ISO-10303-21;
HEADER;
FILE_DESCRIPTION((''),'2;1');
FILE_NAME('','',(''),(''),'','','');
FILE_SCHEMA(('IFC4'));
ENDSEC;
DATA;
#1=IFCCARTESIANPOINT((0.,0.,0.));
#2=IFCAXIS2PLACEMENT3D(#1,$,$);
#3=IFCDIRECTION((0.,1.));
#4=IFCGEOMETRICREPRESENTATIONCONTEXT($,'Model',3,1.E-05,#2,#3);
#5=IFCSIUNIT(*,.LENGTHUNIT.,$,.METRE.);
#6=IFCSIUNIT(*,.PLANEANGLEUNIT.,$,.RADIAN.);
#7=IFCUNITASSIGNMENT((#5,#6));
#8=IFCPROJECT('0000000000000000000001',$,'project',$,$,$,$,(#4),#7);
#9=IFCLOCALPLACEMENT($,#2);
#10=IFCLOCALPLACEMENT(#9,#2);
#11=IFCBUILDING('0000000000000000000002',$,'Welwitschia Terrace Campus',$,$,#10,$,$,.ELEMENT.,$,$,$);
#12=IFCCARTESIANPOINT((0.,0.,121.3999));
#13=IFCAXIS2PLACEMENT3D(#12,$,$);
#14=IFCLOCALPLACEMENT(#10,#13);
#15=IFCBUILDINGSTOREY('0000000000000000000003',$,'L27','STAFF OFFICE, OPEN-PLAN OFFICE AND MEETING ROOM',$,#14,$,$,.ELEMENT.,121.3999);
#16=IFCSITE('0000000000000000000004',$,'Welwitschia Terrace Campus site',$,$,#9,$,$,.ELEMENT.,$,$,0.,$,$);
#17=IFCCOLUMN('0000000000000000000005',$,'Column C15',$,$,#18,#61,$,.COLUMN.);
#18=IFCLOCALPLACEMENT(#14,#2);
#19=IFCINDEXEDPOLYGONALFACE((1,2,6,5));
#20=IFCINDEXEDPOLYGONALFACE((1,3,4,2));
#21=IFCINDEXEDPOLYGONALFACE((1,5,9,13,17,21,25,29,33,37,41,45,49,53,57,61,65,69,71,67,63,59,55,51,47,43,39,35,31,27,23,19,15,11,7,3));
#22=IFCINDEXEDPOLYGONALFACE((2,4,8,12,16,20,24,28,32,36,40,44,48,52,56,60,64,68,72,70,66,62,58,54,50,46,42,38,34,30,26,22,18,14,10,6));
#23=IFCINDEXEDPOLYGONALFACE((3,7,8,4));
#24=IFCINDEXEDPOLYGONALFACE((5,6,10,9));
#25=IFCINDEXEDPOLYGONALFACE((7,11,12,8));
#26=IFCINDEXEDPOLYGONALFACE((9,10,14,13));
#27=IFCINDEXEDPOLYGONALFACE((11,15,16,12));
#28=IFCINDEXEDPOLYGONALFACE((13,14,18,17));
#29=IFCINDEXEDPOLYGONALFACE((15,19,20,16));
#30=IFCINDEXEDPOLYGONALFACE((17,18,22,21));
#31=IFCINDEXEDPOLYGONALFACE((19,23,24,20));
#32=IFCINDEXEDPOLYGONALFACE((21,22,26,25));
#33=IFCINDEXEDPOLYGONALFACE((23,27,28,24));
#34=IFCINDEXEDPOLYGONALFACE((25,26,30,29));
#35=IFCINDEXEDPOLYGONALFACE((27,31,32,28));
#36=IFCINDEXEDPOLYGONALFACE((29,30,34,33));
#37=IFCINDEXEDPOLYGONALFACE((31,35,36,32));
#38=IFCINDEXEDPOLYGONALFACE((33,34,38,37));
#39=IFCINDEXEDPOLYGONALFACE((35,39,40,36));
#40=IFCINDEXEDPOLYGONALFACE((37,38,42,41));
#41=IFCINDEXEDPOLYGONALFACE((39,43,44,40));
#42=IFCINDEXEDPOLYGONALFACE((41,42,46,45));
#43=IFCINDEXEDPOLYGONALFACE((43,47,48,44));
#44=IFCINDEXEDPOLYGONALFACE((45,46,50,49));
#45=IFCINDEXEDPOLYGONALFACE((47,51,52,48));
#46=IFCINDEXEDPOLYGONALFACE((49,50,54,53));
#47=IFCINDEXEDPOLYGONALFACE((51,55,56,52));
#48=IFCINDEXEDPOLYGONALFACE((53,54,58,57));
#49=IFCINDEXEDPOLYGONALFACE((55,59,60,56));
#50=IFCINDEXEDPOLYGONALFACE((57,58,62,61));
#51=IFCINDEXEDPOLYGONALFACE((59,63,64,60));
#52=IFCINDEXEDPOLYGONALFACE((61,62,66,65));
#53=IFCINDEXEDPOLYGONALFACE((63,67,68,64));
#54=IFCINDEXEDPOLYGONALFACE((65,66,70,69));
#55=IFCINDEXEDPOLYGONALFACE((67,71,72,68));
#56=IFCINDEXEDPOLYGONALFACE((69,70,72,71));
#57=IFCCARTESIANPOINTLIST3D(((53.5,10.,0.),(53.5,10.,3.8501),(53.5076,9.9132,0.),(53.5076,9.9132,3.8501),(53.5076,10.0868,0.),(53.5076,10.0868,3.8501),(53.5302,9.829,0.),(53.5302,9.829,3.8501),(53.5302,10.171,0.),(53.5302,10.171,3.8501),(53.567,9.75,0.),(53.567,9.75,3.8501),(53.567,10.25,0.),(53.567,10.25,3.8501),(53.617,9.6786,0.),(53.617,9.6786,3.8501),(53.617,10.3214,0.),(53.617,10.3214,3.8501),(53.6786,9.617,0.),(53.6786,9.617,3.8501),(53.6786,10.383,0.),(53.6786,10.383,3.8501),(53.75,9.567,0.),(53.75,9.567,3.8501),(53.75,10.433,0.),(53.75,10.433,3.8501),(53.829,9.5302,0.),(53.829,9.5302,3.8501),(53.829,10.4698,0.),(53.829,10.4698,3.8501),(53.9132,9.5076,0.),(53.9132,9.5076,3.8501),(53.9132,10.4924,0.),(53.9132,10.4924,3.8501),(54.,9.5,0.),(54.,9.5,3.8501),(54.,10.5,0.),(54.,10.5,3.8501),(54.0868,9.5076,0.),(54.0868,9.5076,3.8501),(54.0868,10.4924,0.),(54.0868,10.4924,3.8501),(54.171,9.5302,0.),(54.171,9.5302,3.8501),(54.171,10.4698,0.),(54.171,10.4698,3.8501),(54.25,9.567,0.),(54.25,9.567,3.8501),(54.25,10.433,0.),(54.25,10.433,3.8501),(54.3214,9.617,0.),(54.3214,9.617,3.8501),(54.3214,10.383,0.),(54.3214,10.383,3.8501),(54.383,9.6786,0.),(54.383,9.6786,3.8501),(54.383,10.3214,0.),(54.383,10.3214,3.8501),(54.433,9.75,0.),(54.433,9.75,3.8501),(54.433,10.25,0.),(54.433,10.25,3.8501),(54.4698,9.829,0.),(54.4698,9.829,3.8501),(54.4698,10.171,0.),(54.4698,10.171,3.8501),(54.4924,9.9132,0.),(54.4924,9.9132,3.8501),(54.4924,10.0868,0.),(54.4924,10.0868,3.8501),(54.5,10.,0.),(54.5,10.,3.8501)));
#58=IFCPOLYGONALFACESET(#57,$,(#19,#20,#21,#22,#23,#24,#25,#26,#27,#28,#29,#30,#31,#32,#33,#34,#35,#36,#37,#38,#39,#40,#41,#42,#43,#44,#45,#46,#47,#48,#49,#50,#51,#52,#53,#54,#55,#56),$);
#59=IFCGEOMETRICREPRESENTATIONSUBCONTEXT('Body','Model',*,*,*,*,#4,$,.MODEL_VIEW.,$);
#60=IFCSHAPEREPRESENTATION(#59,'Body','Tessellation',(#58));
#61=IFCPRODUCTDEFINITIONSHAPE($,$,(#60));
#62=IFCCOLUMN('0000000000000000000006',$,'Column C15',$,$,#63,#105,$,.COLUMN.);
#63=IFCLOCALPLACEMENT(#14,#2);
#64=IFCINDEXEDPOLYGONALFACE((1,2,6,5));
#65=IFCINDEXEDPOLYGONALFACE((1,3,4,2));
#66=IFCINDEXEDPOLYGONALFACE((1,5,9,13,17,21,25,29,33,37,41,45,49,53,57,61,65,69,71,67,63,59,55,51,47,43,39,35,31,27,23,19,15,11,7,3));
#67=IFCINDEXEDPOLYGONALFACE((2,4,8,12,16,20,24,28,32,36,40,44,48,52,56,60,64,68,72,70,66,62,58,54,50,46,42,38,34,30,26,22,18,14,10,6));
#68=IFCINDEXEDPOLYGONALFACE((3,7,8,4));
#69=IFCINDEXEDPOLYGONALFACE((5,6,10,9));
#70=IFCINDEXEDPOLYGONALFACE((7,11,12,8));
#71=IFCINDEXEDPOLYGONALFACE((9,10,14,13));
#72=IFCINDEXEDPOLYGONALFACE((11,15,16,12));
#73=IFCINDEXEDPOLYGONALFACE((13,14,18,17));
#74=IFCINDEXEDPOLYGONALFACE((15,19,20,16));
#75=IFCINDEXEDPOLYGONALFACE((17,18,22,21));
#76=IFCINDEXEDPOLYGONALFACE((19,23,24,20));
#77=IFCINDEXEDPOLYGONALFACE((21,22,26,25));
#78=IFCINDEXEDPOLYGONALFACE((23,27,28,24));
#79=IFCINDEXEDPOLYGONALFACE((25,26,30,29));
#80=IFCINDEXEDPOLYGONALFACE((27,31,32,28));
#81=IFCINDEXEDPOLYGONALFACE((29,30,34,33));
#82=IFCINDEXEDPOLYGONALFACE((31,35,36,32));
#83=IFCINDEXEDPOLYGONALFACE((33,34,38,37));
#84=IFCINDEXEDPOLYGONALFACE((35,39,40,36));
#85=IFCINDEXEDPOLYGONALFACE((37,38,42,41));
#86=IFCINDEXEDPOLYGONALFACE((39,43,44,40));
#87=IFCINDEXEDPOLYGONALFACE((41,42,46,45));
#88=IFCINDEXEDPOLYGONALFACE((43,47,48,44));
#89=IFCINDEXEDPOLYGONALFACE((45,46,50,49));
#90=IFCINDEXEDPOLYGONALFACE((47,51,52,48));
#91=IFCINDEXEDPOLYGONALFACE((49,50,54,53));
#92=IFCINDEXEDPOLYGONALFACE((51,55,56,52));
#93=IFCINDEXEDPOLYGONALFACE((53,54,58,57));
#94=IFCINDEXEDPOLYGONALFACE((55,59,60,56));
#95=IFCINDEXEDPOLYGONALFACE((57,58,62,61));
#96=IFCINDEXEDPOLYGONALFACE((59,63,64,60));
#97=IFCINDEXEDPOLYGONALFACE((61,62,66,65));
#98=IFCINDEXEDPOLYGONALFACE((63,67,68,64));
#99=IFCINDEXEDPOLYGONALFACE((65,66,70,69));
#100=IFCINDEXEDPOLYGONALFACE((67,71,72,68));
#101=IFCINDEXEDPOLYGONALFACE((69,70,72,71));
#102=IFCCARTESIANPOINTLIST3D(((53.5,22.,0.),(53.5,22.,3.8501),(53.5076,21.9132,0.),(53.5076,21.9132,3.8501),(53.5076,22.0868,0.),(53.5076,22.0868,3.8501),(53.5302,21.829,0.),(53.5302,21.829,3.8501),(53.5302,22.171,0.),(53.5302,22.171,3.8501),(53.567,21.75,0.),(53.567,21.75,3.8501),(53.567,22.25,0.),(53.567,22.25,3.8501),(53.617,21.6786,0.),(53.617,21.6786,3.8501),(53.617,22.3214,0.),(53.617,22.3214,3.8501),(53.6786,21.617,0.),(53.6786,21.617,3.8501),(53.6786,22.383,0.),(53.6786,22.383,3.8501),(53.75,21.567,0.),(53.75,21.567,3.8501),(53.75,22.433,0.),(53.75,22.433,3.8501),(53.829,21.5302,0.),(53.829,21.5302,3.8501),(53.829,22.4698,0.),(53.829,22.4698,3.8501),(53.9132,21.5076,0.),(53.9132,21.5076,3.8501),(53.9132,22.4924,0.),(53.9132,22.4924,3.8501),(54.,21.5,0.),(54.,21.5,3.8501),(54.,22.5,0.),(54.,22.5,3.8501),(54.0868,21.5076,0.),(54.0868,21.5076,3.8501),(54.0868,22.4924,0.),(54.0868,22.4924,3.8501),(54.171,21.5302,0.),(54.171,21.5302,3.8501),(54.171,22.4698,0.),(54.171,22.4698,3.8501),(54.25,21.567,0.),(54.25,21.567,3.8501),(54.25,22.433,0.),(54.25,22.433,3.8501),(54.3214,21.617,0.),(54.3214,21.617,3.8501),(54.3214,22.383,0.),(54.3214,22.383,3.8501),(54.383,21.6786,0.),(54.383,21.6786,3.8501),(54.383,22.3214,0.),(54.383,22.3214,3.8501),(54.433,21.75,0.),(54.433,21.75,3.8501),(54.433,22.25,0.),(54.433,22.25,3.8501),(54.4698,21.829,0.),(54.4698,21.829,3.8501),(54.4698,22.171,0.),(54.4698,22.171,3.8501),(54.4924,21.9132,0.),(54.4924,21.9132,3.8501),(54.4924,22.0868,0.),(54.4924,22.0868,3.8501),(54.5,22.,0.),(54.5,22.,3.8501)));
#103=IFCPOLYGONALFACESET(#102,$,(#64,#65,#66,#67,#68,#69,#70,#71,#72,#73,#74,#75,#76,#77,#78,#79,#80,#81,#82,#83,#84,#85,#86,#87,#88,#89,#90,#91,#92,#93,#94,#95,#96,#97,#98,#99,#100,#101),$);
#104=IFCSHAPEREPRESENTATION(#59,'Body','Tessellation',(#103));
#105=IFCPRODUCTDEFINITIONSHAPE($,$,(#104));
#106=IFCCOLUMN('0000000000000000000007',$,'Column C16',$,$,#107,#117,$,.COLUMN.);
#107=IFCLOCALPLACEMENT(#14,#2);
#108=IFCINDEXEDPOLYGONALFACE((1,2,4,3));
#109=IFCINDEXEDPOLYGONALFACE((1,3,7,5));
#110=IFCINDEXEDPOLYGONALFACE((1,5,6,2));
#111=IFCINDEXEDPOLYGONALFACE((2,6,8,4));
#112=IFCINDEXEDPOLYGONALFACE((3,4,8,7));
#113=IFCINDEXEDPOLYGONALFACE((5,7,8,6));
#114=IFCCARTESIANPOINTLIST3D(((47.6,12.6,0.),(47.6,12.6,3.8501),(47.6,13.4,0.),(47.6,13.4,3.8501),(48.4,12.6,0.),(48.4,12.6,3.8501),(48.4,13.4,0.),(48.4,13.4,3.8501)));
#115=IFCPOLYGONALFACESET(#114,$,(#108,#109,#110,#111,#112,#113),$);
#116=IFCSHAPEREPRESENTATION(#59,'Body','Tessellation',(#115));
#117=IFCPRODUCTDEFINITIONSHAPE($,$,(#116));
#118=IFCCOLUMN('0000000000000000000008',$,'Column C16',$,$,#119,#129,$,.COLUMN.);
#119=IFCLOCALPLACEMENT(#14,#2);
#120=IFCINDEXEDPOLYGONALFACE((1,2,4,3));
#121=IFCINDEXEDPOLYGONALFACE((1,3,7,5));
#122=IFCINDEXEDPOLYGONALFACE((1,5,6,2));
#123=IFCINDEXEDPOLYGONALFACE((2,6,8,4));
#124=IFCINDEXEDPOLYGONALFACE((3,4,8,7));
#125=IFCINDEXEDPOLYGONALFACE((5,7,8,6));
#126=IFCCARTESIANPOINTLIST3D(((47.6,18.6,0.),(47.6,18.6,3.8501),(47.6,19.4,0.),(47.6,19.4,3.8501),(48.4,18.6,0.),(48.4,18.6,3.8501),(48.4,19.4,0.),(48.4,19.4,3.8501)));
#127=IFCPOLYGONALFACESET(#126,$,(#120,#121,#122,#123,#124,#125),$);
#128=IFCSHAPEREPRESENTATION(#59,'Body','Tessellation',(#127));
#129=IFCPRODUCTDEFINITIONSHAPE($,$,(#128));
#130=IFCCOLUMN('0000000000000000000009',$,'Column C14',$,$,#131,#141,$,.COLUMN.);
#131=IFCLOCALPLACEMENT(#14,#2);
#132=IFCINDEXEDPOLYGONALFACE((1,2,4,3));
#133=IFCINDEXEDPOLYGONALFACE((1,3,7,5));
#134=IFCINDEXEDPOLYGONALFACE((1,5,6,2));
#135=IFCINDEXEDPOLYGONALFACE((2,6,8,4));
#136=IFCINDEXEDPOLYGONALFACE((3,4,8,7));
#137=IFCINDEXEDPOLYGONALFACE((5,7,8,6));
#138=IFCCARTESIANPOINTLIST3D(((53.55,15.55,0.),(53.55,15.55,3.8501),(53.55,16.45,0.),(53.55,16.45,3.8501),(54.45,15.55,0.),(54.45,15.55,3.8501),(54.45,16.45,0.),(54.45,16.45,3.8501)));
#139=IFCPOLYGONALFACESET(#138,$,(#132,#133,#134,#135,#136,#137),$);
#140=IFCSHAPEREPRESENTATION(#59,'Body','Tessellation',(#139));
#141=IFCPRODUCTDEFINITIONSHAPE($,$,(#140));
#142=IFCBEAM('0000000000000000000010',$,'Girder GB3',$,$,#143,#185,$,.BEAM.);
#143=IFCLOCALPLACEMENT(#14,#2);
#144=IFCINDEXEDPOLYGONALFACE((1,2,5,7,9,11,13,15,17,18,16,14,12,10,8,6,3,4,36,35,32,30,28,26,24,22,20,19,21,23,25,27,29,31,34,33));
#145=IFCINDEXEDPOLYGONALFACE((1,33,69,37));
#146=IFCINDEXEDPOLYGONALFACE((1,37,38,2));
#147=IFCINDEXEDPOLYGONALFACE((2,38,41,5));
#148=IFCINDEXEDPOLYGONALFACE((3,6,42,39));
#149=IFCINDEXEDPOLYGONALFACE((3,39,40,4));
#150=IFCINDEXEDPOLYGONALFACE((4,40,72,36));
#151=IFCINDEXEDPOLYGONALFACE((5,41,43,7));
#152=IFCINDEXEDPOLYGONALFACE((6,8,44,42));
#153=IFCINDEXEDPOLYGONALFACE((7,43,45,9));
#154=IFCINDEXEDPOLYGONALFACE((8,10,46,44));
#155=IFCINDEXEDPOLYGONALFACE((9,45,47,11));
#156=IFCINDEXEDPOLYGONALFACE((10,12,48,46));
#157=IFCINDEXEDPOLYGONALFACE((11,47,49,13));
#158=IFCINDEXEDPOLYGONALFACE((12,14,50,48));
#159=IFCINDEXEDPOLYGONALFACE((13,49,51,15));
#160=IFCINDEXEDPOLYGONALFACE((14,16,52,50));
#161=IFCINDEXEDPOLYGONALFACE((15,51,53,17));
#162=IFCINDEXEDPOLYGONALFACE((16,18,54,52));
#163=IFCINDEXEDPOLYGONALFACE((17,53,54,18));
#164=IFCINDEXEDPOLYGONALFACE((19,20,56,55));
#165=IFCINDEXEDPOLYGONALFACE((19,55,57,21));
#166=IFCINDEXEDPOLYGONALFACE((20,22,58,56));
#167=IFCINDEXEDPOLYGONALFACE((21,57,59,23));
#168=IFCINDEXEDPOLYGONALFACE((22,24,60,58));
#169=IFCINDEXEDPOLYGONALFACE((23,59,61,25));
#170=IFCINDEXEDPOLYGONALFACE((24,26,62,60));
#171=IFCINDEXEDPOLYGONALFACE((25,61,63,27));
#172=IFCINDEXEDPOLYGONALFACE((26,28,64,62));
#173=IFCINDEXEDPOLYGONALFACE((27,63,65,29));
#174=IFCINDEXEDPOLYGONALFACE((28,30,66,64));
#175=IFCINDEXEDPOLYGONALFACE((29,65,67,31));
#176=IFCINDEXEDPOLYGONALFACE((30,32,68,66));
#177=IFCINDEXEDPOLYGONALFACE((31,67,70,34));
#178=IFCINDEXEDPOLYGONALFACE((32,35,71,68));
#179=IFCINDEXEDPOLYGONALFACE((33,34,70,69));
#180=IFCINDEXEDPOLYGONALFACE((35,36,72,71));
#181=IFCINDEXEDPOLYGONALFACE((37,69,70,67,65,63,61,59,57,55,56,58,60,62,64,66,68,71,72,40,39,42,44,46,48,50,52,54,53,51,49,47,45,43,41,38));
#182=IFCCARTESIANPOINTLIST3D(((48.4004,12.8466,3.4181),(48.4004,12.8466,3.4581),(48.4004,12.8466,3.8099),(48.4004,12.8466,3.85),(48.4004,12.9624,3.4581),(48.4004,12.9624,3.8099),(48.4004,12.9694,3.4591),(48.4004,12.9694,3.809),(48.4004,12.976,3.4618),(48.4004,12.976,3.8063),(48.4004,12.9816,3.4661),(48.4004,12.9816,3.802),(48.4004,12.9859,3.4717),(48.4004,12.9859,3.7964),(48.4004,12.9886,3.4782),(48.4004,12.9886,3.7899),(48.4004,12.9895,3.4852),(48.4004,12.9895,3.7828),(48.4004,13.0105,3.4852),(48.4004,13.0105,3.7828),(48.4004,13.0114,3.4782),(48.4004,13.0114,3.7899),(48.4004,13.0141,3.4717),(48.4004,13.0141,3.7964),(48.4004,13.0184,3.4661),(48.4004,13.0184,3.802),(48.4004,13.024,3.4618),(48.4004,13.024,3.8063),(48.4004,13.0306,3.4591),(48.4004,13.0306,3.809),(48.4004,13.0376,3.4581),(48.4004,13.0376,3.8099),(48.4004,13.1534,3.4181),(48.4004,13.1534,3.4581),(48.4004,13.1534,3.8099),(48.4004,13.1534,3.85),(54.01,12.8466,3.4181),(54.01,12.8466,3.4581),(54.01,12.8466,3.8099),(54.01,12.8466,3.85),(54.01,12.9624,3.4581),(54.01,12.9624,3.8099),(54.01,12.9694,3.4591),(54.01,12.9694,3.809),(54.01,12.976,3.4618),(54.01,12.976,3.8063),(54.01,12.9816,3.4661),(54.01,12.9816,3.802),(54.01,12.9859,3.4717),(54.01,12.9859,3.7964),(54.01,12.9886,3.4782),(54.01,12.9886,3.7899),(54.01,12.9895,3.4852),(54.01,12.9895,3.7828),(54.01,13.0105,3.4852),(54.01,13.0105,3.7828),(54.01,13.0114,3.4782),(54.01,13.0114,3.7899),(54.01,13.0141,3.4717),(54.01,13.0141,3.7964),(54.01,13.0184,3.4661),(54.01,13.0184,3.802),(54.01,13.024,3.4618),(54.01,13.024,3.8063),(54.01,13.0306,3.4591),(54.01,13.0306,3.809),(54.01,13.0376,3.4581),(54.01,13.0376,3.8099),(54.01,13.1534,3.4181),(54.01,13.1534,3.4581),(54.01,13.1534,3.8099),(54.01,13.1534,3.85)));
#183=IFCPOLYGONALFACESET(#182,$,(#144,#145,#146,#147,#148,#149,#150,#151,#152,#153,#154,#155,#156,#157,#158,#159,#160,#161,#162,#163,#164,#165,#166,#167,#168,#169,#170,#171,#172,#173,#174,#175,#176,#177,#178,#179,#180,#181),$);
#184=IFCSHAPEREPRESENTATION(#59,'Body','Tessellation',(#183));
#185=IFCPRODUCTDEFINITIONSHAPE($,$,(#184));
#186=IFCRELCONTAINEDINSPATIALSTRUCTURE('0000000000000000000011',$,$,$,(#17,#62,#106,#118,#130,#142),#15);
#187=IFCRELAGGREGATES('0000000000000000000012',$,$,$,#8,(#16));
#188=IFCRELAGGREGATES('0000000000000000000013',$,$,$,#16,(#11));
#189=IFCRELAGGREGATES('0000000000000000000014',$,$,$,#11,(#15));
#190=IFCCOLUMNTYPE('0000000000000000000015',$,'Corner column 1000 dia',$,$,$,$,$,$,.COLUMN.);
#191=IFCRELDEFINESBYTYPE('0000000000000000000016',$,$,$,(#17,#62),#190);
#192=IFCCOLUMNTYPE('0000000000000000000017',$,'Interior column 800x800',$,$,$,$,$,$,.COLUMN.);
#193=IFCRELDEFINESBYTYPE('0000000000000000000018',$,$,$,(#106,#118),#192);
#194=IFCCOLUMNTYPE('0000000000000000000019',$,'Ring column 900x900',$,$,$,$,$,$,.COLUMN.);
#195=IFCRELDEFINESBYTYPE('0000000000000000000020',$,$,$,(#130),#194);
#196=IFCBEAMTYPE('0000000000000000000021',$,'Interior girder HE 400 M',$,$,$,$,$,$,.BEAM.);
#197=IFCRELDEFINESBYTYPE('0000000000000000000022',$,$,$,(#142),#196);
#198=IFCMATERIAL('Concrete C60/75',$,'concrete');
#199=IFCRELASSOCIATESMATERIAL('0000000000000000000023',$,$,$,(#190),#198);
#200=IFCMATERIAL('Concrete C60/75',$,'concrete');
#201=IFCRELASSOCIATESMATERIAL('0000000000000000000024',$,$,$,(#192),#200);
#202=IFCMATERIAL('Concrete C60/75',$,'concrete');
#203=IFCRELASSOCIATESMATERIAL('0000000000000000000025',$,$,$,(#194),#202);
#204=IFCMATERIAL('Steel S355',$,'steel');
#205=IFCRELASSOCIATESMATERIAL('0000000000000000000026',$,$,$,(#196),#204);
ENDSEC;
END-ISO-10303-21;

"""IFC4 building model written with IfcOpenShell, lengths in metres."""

from ifc_helpers import new_model, si_unit, direction, frame, origin, origin_2d, place, context, subcontext, project, spatial, rectangle, circle, i_section, extrude, material, material_profile, profile_set, type_object, element, save


model = new_model("IFC4")

# Units and contexts
model_context = context("Model", 3, precision=1e-05, world=origin(), true_north=direction((0.0, 1.0)))
body_context = subcontext(model_context, "Body", "Model", "MODEL_VIEW")
ifc_project = project(units=[si_unit("LENGTHUNIT", "METRE"), si_unit("PLANEANGLEUNIT", "RADIAN")], contexts=[model_context])

# Site, building, storey
site_placement = place(None, origin())
site = spatial("IfcSite", under=ifc_project, at=site_placement, Name="Welwitschia Terrace Campus site", CompositionType="ELEMENT", RefElevation=0.0)
building_placement = place(site_placement, origin())
building = spatial("IfcBuilding", under=site, at=building_placement, Name="Welwitschia Terrace Campus", CompositionType="ELEMENT")
storey_placement = place(building_placement, frame((0.0, 0.0, 121.3999)))
storey = spatial("IfcBuildingStorey", under=building, at=storey_placement, Name="L27", Description="STAFF OFFICE, OPEN-PLAN OFFICE AND MEETING ROOM", CompositionType="ELEMENT", Elevation=121.3999)

# Columns
ifc_material_1 = material(Name="Concrete C60/75", Category="concrete")
ifc_material_profile_1 = material_profile(ifc_material_1, circle(Radius=0.5, at=origin_2d()))
ifc_profile_set_1 = profile_set([ifc_material_profile_1], Name="Concrete C60/75")
column_type_1 = type_object("IfcColumnType", Name="Corner column 1000 dia", PredefinedType="COLUMN", material=ifc_profile_set_1)
for number, where, z_axis, x_axis, name in (
    (1, (54.0, 10.0, 0.0), (0.0, 0.0, 1.0), (1.0, 0.0, 0.0), "Column C15"),
    (2, (54.0, 22.0, 0.0), (0.0, 0.0, 1.0), (1.0, 0.0, 0.0), "Column C15"),
):
    element("IfcColumn", number, at=place(storey_placement, frame(where, z_axis=z_axis, x_axis=x_axis)), inside=storey, type_object=column_type_1, Name=name, PredefinedType="COLUMN", context=body_context, shape_type="SweptSolid", body=[
        extrude(circle(Radius=0.5, at=origin_2d()), origin(), (0.0, 0.0, 1.0), 3.8501),
    ])
ifc_material_2 = material(Name="Concrete C60/75", Category="concrete")
ifc_material_profile_2 = material_profile(ifc_material_2, rectangle(XDim=0.8, YDim=0.8, at=origin_2d()))
ifc_profile_set_2 = profile_set([ifc_material_profile_2], Name="Concrete C60/75")
column_type_2 = type_object("IfcColumnType", Name="Interior column 800x800", PredefinedType="COLUMN", material=ifc_profile_set_2)
for number, where, z_axis, x_axis, name in (
    (3, (48.0, 13.0, 0.0), (0.0, 0.0, 1.0), (1.0, 0.0, 0.0), "Column C16"),
    (4, (48.0, 19.0, 0.0), (0.0, 0.0, 1.0), (1.0, 0.0, 0.0), "Column C16"),
):
    element("IfcColumn", number, at=place(storey_placement, frame(where, z_axis=z_axis, x_axis=x_axis)), inside=storey, type_object=column_type_2, Name=name, PredefinedType="COLUMN", context=body_context, shape_type="SweptSolid", body=[
        extrude(rectangle(XDim=0.8, YDim=0.8, at=origin_2d()), origin(), (0.0, 0.0, 1.0), 3.8501),
    ])
ifc_material_3 = material(Name="Concrete C60/75", Category="concrete")
ifc_material_profile_3 = material_profile(ifc_material_3, rectangle(XDim=0.8999, YDim=0.8999, at=origin_2d()))
ifc_profile_set_3 = profile_set([ifc_material_profile_3], Name="Concrete C60/75")
column_type_3 = type_object("IfcColumnType", Name="Ring column 900x900", PredefinedType="COLUMN", material=ifc_profile_set_3)
column_placement = place(storey_placement, frame((54.0, 16.0, 0.0), z_axis=(0.0, 0.0, 1.0), x_axis=(1.0, 0.0, 0.0)))
element("IfcColumn", 5, at=column_placement, inside=storey, type_object=column_type_3, Name="Column C14", PredefinedType="COLUMN", context=body_context, shape_type="SweptSolid", body=[
    extrude(rectangle(XDim=0.8999, YDim=0.8999, at=origin_2d()), origin(), (0.0, 0.0, 1.0), 3.8501),
])

# Beam
ifc_material_4 = material(Name="Steel S355", Category="steel")
ifc_material_profile_4 = material_profile(ifc_material_4, i_section(OverallWidth=0.3069, OverallDepth=0.4319, WebThickness=0.021, FlangeThickness=0.04, FilletRadius=0.0271, at=origin_2d()))
ifc_profile_set_4 = profile_set([ifc_material_profile_4], Name="Steel S355")
beam_type_1 = type_object("IfcBeamType", Name="Interior girder HE 400 M", PredefinedType="BEAM", material=ifc_profile_set_4)
for number, where, z_axis, x_axis, name in (
    (6, (48.4004, 13.0, 3.634), (1.0, 0.0, 0.0), (0.0, 1.0, 0.0), "Girder GB3"),
):
    element("IfcBeam", number, at=place(storey_placement, frame(where, z_axis=z_axis, x_axis=x_axis)), inside=storey, type_object=beam_type_1, Name=name, PredefinedType="BEAM", context=body_context, shape_type="SweptSolid", body=[
        extrude(i_section(OverallWidth=0.3069, OverallDepth=0.4319, WebThickness=0.021, FlangeThickness=0.04, FilletRadius=0.0271, at=origin_2d()), origin(), (0.0, 0.0, 1.0), 5.6096),
    ])

save(model, "model.ifc")
